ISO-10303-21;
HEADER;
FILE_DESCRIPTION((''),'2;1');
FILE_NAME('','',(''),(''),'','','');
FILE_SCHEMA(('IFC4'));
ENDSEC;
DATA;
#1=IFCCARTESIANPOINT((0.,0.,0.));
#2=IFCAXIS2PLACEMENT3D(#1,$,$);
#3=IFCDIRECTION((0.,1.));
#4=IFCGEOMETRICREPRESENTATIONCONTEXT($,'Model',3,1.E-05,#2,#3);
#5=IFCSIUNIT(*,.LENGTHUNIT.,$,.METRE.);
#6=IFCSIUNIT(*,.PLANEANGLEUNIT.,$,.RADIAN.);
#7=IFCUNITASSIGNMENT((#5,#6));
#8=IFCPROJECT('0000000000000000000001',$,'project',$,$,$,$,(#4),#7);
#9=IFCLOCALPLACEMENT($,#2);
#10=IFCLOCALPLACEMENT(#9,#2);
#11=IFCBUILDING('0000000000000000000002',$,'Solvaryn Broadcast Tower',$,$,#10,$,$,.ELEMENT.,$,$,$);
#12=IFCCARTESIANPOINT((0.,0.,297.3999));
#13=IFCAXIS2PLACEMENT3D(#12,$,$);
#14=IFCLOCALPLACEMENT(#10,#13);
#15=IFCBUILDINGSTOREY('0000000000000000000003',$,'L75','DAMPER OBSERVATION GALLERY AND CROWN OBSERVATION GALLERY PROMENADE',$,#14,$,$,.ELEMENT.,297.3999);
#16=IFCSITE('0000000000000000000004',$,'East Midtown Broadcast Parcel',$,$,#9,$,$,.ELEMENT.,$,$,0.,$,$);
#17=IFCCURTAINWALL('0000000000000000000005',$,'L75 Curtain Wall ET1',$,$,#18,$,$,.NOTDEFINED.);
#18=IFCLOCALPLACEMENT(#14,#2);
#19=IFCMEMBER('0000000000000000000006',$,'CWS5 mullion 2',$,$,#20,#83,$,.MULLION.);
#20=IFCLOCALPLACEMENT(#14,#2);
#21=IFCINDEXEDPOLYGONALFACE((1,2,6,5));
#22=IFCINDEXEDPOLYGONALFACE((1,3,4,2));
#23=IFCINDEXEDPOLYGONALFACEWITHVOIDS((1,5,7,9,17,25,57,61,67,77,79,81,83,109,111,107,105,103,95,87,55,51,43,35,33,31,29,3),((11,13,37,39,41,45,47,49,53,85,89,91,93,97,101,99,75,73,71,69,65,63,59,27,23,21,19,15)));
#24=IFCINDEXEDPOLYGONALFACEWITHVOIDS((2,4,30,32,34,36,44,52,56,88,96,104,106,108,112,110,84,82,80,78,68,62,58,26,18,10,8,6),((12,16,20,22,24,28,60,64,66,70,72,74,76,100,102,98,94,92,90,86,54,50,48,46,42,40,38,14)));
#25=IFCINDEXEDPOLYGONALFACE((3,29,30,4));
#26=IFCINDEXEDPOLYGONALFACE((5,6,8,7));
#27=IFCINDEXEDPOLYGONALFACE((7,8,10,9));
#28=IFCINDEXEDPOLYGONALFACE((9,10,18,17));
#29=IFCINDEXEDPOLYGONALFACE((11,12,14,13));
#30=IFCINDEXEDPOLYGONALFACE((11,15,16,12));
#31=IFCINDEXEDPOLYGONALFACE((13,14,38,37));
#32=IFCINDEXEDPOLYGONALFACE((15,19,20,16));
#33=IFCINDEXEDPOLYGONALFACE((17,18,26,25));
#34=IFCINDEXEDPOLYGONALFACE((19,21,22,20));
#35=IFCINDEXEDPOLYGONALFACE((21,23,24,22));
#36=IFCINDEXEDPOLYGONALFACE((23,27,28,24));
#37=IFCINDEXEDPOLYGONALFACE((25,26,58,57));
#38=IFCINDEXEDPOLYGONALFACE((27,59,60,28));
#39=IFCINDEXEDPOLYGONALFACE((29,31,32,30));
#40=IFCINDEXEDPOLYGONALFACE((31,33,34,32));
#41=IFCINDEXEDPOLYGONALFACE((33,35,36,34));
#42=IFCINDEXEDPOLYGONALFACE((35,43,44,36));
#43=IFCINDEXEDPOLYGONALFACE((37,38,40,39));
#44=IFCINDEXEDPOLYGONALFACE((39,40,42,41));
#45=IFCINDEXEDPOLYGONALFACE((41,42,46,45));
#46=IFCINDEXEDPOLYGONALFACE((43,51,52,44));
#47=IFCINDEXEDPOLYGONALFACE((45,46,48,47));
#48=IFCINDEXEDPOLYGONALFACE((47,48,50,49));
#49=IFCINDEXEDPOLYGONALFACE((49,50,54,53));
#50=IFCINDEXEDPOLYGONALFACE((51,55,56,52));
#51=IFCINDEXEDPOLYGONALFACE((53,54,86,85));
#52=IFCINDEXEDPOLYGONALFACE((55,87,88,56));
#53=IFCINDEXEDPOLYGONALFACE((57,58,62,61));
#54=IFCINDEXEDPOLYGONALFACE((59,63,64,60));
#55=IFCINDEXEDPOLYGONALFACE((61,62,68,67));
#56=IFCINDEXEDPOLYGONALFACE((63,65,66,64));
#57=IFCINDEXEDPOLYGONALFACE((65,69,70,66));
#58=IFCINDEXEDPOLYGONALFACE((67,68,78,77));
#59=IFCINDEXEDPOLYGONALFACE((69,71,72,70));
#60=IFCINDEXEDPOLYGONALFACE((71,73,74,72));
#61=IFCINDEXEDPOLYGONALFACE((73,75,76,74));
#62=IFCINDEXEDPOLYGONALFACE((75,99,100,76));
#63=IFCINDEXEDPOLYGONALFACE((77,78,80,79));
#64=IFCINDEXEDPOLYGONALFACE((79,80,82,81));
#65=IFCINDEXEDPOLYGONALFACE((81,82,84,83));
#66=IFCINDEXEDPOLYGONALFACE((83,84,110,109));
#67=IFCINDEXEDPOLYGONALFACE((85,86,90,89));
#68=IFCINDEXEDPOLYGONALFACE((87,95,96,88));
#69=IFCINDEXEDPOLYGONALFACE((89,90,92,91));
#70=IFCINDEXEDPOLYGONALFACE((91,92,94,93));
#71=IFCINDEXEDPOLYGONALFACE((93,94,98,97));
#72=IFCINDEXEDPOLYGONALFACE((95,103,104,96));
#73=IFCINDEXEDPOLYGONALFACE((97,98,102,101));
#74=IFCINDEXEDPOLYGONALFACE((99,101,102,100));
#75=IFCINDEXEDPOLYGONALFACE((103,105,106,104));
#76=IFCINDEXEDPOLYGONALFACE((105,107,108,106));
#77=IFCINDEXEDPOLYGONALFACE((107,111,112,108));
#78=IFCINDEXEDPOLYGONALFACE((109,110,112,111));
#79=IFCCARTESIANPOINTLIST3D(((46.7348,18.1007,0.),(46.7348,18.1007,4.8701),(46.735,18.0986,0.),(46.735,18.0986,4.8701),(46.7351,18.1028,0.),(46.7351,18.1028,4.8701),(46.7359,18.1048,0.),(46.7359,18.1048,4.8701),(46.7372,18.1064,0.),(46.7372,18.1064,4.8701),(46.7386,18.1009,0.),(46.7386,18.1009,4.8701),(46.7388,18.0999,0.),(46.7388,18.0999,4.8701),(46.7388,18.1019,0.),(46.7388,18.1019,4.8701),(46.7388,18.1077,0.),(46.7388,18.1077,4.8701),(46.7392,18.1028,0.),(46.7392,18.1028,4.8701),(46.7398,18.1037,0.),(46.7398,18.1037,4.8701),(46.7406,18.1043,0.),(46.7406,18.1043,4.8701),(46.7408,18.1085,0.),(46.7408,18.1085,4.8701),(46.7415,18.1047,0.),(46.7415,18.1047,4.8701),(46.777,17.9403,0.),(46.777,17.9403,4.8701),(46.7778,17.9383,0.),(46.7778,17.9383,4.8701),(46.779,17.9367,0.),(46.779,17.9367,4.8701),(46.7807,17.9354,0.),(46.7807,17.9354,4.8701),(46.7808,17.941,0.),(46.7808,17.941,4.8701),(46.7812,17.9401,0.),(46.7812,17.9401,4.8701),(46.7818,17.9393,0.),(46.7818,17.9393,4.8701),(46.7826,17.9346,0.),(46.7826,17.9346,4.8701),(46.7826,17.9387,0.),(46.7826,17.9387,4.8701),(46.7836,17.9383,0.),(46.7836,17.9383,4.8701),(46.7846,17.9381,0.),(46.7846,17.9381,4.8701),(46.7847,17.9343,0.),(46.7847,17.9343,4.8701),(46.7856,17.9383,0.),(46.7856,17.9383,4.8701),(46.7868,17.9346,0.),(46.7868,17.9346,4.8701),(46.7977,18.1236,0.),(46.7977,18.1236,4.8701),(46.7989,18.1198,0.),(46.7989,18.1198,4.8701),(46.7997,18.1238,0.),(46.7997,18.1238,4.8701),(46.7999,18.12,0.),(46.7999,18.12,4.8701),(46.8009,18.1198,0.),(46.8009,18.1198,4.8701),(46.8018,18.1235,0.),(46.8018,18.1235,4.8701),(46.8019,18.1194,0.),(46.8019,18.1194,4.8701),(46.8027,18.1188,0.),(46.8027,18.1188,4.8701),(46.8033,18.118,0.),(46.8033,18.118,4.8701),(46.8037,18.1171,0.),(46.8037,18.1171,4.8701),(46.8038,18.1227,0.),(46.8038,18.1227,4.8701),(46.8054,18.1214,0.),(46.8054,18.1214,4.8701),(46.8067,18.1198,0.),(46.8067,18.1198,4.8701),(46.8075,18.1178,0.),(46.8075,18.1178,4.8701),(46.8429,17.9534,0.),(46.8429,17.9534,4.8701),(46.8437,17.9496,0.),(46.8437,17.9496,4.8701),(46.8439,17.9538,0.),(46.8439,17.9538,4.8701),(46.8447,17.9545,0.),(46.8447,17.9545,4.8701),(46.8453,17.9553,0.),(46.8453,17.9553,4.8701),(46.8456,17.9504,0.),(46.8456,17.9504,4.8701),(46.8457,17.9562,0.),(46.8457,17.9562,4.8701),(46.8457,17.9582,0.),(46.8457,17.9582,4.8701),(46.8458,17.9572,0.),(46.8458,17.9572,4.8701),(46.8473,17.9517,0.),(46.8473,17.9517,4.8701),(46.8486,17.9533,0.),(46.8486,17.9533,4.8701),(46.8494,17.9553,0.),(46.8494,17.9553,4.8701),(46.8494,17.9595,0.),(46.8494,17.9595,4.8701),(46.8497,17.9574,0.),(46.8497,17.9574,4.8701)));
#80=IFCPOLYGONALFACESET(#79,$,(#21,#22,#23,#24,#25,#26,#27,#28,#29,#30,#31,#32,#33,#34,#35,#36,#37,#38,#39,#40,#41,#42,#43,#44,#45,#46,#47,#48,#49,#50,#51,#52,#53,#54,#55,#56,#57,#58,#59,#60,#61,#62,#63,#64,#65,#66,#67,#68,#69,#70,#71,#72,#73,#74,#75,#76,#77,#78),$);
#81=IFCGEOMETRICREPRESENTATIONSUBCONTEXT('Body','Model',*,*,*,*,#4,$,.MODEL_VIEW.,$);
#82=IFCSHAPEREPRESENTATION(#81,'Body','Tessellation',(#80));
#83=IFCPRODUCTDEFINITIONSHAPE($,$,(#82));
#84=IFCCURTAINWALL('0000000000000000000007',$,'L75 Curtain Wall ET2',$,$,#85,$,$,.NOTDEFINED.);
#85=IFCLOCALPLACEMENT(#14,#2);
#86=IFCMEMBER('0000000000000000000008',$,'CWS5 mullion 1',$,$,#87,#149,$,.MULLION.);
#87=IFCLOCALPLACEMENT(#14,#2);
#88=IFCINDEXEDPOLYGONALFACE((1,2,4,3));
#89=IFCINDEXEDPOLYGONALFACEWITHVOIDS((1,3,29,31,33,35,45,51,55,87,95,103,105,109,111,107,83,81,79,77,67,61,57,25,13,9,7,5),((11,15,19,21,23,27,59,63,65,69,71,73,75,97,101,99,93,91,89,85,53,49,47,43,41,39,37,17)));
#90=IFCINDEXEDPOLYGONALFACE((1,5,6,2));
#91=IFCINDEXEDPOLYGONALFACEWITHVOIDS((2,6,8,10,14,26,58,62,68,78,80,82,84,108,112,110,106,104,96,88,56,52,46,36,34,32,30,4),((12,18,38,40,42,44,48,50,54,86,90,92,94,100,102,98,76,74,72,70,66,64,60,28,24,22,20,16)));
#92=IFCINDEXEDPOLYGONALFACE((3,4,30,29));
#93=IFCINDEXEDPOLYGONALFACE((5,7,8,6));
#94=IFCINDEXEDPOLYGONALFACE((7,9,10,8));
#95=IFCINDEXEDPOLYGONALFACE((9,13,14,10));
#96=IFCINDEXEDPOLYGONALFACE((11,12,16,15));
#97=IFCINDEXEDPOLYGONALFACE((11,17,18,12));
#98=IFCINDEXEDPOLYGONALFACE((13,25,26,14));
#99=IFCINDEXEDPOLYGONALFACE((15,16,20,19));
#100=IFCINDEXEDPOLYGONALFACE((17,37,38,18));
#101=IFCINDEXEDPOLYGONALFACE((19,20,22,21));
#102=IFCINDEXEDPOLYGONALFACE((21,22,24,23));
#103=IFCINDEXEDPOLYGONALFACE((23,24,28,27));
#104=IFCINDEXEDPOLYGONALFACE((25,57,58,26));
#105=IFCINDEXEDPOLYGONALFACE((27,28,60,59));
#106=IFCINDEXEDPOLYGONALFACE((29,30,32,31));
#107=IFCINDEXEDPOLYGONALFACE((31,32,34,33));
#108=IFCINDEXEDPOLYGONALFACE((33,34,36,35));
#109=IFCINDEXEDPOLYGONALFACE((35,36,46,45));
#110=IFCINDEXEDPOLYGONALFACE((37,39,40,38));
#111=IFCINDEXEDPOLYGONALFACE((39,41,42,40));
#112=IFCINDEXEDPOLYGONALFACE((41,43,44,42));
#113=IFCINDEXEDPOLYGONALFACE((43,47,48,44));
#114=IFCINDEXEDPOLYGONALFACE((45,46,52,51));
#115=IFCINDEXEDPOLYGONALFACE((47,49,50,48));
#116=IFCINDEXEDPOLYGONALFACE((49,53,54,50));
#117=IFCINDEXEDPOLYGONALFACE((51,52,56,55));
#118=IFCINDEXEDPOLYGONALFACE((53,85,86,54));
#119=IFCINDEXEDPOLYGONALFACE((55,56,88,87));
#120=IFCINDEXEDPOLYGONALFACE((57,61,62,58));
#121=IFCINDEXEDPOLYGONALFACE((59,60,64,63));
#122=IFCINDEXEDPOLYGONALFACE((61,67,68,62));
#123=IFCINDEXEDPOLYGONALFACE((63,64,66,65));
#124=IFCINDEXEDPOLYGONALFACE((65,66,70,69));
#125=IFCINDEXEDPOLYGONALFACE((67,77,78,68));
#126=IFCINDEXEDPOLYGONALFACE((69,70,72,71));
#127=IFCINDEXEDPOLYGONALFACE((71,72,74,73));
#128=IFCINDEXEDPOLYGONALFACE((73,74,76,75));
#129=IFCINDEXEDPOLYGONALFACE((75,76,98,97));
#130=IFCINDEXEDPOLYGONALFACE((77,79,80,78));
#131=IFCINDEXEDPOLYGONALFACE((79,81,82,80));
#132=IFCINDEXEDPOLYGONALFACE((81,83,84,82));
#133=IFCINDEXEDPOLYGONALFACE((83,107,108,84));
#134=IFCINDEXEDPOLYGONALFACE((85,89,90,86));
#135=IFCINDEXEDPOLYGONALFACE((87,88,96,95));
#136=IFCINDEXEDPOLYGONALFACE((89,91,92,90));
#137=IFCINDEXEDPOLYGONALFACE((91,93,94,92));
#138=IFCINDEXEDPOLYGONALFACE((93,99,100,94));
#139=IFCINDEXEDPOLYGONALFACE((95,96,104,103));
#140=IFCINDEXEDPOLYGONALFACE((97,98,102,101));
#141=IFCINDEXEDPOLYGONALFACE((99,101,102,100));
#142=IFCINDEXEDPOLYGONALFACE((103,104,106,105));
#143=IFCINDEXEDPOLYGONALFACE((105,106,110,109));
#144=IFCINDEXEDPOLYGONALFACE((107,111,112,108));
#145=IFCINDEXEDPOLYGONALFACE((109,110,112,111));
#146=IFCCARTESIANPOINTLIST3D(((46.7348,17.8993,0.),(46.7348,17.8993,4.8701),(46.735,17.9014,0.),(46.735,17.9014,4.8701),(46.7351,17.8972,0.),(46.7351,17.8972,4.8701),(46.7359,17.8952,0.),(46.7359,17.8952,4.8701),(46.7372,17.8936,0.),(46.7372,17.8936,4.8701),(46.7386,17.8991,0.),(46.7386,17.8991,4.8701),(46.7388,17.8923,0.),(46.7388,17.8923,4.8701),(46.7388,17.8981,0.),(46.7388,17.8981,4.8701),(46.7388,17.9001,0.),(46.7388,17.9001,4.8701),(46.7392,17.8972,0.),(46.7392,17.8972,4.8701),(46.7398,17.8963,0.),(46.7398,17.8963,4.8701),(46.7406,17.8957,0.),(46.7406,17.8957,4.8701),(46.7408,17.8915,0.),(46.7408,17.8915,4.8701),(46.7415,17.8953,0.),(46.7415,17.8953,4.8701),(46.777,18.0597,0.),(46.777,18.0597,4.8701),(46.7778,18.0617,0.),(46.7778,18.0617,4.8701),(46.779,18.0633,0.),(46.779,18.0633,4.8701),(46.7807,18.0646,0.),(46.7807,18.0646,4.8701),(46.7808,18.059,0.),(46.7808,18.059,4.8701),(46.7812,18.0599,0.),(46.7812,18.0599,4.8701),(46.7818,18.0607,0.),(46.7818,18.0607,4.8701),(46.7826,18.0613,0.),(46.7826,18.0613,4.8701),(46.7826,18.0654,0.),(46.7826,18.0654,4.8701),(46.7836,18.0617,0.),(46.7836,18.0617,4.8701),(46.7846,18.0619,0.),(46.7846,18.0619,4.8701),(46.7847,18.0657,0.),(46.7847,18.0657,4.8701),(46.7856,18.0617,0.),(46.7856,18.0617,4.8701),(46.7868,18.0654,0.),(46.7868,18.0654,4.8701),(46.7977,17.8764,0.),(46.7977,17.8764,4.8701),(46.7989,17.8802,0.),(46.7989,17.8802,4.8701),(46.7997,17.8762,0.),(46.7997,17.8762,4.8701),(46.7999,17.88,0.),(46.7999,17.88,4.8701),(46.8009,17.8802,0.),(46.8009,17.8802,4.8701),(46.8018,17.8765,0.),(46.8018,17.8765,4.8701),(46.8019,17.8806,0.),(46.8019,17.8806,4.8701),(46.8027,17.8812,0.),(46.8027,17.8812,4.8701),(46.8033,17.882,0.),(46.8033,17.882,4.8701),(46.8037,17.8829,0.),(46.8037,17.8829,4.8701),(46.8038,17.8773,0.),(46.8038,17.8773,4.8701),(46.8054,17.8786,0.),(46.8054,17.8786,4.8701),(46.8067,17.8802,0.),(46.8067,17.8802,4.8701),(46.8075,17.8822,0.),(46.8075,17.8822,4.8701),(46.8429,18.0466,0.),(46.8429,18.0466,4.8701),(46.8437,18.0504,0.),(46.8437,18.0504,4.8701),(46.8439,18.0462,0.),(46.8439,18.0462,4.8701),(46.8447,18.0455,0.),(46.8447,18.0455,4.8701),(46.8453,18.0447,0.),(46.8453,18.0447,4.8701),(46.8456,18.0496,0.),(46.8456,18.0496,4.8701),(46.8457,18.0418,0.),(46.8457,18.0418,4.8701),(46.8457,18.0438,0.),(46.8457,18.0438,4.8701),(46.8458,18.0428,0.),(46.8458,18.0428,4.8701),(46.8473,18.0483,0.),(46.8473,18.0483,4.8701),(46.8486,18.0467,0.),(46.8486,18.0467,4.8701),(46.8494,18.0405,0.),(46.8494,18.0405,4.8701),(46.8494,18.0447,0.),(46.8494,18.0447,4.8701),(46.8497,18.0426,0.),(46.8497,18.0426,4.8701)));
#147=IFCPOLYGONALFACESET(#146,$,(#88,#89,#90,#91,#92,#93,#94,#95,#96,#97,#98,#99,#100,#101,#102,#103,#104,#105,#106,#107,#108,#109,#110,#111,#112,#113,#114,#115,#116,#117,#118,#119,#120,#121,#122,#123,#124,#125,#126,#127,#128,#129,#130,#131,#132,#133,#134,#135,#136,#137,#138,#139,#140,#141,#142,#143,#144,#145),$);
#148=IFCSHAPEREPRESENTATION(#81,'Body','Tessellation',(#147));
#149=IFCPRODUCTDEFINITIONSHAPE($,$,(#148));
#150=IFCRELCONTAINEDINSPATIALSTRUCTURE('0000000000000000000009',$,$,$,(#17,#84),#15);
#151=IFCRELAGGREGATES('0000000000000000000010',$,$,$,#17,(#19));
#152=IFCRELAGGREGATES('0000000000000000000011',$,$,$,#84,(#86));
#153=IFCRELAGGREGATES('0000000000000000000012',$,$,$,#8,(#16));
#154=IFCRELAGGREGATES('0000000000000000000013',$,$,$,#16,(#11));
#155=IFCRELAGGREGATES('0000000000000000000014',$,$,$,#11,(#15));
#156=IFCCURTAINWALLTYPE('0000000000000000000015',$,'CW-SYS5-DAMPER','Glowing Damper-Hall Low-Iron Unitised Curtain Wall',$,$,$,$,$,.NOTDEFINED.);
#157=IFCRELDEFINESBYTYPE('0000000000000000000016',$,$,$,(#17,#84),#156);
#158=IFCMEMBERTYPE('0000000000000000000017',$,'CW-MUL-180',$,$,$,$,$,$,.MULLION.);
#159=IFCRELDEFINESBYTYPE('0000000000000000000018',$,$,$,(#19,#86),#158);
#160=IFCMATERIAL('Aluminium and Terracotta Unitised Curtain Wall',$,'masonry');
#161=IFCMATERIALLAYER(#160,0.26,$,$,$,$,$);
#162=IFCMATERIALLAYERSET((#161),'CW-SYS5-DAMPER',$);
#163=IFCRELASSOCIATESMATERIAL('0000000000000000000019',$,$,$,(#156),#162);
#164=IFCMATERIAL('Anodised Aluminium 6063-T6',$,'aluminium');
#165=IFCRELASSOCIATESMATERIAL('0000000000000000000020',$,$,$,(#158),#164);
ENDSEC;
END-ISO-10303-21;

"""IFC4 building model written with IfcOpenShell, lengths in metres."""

from ifc_helpers import new_model, si_unit, direction, frame, origin, origin_2d, place, context, subcontext, project, spatial, hollow_rectangle, extrude, material, layer, layer_set, material_profile, profile_set, type_object, element, aggregate, save


model = new_model("IFC4")

# Units and contexts
model_context = context("Model", 3, precision=1e-05, world=origin(), true_north=direction((0.0, 1.0)))
body_context = subcontext(model_context, "Body", "Model", "MODEL_VIEW")
ifc_project = project(units=[si_unit("LENGTHUNIT", "METRE"), si_unit("PLANEANGLEUNIT", "RADIAN")], contexts=[model_context])

# Site, building, storey
site_placement = place(None, origin())
site = spatial("IfcSite", under=ifc_project, at=site_placement, Name="East Midtown Broadcast Parcel", CompositionType="ELEMENT", RefElevation=0.0)
building_placement = place(site_placement, origin())
building = spatial("IfcBuilding", under=site, at=building_placement, Name="Solvaryn Broadcast Tower", CompositionType="ELEMENT")
storey_placement = place(building_placement, frame((0.0, 0.0, 297.3999)))
storey = spatial("IfcBuildingStorey", under=building, at=storey_placement, Name="L75", Description="DAMPER OBSERVATION GALLERY AND CROWN OBSERVATION GALLERY PROMENADE", CompositionType="ELEMENT", Elevation=297.3999)

# Shared definitions
ifc_material_1 = material(Name="Aluminium and Terracotta Unitised Curtain Wall", Category="masonry")
ifc_layer_1 = layer(ifc_material_1, 0.26)
ifc_layer_set_1 = layer_set([ifc_layer_1], Name="CW-SYS5-DAMPER")
curtain_wall_type = type_object("IfcCurtainWallType", Name="CW-SYS5-DAMPER", Description="Glowing Damper-Hall Low-Iron Unitised Curtain Wall", PredefinedType="NOTDEFINED", material=ifc_layer_set_1)
ifc_material_2 = material(Name="Anodised Aluminium 6063-T6", Category="aluminium")
ifc_material_profile_1 = material_profile(ifc_material_2, hollow_rectangle(XDim=0.075, YDim=0.1799, WallThickness=0.0039, InnerFilletRadius=0.0039, OuterFilletRadius=0.0081, at=origin_2d()))
ifc_profile_set_1 = profile_set([ifc_material_profile_1], Name="Anodised Aluminium 6063-T6")
member_type_1 = type_object("IfcMemberType", Name="CW-MUL-180", PredefinedType="MULLION", material=ifc_profile_set_1)

# Curtain wall, member
curtain_wall_1_placement = place(storey_placement, origin())
curtain_wall_1 = element("IfcCurtainWall", 1, at=curtain_wall_1_placement, inside=storey, type_object=curtain_wall_type, Name="L75 Curtain Wall ET1", PredefinedType="NOTDEFINED")
member_1_placement = place(storey_placement, frame((46.7922, 18.0291, 0.0), z_axis=(0.0, 0.0, 1.0), x_axis=(0.966705, 0.255893, 0.0)))
member_1 = element("IfcMember", 2, at=member_1_placement, type_object=member_type_1, Name="CWS5 mullion 2", PredefinedType="MULLION", context=body_context, shape_type="SweptSolid", body=[
    extrude(hollow_rectangle(XDim=0.075, YDim=0.1799, WallThickness=0.0039, InnerFilletRadius=0.0039, OuterFilletRadius=0.0081, at=origin_2d()), origin(), (0.0, 0.0, 1.0), 4.8701),
])

# Curtain wall, member
curtain_wall_2_placement = place(storey_placement, origin())
curtain_wall_2 = element("IfcCurtainWall", 3, at=curtain_wall_2_placement, inside=storey, type_object=curtain_wall_type, Name="L75 Curtain Wall ET2", PredefinedType="NOTDEFINED")
member_2_placement = place(storey_placement, frame((46.7922, 17.9709, 0.0), z_axis=(0.0, 0.0, 1.0), x_axis=(0.966705, -0.255893, 0.0)))
member_2 = element("IfcMember", 4, at=member_2_placement, type_object=member_type_1, Name="CWS5 mullion 1", PredefinedType="MULLION", context=body_context, shape_type="SweptSolid", body=[
    extrude(hollow_rectangle(XDim=0.075, YDim=0.1799, WallThickness=0.0039, InnerFilletRadius=0.0039, OuterFilletRadius=0.0081, at=origin_2d()), origin(), (0.0, 0.0, 1.0), 4.8701),
])

aggregate(curtain_wall_1, [member_1])
aggregate(curtain_wall_2, [member_2])

save(model, "model.ifc")
